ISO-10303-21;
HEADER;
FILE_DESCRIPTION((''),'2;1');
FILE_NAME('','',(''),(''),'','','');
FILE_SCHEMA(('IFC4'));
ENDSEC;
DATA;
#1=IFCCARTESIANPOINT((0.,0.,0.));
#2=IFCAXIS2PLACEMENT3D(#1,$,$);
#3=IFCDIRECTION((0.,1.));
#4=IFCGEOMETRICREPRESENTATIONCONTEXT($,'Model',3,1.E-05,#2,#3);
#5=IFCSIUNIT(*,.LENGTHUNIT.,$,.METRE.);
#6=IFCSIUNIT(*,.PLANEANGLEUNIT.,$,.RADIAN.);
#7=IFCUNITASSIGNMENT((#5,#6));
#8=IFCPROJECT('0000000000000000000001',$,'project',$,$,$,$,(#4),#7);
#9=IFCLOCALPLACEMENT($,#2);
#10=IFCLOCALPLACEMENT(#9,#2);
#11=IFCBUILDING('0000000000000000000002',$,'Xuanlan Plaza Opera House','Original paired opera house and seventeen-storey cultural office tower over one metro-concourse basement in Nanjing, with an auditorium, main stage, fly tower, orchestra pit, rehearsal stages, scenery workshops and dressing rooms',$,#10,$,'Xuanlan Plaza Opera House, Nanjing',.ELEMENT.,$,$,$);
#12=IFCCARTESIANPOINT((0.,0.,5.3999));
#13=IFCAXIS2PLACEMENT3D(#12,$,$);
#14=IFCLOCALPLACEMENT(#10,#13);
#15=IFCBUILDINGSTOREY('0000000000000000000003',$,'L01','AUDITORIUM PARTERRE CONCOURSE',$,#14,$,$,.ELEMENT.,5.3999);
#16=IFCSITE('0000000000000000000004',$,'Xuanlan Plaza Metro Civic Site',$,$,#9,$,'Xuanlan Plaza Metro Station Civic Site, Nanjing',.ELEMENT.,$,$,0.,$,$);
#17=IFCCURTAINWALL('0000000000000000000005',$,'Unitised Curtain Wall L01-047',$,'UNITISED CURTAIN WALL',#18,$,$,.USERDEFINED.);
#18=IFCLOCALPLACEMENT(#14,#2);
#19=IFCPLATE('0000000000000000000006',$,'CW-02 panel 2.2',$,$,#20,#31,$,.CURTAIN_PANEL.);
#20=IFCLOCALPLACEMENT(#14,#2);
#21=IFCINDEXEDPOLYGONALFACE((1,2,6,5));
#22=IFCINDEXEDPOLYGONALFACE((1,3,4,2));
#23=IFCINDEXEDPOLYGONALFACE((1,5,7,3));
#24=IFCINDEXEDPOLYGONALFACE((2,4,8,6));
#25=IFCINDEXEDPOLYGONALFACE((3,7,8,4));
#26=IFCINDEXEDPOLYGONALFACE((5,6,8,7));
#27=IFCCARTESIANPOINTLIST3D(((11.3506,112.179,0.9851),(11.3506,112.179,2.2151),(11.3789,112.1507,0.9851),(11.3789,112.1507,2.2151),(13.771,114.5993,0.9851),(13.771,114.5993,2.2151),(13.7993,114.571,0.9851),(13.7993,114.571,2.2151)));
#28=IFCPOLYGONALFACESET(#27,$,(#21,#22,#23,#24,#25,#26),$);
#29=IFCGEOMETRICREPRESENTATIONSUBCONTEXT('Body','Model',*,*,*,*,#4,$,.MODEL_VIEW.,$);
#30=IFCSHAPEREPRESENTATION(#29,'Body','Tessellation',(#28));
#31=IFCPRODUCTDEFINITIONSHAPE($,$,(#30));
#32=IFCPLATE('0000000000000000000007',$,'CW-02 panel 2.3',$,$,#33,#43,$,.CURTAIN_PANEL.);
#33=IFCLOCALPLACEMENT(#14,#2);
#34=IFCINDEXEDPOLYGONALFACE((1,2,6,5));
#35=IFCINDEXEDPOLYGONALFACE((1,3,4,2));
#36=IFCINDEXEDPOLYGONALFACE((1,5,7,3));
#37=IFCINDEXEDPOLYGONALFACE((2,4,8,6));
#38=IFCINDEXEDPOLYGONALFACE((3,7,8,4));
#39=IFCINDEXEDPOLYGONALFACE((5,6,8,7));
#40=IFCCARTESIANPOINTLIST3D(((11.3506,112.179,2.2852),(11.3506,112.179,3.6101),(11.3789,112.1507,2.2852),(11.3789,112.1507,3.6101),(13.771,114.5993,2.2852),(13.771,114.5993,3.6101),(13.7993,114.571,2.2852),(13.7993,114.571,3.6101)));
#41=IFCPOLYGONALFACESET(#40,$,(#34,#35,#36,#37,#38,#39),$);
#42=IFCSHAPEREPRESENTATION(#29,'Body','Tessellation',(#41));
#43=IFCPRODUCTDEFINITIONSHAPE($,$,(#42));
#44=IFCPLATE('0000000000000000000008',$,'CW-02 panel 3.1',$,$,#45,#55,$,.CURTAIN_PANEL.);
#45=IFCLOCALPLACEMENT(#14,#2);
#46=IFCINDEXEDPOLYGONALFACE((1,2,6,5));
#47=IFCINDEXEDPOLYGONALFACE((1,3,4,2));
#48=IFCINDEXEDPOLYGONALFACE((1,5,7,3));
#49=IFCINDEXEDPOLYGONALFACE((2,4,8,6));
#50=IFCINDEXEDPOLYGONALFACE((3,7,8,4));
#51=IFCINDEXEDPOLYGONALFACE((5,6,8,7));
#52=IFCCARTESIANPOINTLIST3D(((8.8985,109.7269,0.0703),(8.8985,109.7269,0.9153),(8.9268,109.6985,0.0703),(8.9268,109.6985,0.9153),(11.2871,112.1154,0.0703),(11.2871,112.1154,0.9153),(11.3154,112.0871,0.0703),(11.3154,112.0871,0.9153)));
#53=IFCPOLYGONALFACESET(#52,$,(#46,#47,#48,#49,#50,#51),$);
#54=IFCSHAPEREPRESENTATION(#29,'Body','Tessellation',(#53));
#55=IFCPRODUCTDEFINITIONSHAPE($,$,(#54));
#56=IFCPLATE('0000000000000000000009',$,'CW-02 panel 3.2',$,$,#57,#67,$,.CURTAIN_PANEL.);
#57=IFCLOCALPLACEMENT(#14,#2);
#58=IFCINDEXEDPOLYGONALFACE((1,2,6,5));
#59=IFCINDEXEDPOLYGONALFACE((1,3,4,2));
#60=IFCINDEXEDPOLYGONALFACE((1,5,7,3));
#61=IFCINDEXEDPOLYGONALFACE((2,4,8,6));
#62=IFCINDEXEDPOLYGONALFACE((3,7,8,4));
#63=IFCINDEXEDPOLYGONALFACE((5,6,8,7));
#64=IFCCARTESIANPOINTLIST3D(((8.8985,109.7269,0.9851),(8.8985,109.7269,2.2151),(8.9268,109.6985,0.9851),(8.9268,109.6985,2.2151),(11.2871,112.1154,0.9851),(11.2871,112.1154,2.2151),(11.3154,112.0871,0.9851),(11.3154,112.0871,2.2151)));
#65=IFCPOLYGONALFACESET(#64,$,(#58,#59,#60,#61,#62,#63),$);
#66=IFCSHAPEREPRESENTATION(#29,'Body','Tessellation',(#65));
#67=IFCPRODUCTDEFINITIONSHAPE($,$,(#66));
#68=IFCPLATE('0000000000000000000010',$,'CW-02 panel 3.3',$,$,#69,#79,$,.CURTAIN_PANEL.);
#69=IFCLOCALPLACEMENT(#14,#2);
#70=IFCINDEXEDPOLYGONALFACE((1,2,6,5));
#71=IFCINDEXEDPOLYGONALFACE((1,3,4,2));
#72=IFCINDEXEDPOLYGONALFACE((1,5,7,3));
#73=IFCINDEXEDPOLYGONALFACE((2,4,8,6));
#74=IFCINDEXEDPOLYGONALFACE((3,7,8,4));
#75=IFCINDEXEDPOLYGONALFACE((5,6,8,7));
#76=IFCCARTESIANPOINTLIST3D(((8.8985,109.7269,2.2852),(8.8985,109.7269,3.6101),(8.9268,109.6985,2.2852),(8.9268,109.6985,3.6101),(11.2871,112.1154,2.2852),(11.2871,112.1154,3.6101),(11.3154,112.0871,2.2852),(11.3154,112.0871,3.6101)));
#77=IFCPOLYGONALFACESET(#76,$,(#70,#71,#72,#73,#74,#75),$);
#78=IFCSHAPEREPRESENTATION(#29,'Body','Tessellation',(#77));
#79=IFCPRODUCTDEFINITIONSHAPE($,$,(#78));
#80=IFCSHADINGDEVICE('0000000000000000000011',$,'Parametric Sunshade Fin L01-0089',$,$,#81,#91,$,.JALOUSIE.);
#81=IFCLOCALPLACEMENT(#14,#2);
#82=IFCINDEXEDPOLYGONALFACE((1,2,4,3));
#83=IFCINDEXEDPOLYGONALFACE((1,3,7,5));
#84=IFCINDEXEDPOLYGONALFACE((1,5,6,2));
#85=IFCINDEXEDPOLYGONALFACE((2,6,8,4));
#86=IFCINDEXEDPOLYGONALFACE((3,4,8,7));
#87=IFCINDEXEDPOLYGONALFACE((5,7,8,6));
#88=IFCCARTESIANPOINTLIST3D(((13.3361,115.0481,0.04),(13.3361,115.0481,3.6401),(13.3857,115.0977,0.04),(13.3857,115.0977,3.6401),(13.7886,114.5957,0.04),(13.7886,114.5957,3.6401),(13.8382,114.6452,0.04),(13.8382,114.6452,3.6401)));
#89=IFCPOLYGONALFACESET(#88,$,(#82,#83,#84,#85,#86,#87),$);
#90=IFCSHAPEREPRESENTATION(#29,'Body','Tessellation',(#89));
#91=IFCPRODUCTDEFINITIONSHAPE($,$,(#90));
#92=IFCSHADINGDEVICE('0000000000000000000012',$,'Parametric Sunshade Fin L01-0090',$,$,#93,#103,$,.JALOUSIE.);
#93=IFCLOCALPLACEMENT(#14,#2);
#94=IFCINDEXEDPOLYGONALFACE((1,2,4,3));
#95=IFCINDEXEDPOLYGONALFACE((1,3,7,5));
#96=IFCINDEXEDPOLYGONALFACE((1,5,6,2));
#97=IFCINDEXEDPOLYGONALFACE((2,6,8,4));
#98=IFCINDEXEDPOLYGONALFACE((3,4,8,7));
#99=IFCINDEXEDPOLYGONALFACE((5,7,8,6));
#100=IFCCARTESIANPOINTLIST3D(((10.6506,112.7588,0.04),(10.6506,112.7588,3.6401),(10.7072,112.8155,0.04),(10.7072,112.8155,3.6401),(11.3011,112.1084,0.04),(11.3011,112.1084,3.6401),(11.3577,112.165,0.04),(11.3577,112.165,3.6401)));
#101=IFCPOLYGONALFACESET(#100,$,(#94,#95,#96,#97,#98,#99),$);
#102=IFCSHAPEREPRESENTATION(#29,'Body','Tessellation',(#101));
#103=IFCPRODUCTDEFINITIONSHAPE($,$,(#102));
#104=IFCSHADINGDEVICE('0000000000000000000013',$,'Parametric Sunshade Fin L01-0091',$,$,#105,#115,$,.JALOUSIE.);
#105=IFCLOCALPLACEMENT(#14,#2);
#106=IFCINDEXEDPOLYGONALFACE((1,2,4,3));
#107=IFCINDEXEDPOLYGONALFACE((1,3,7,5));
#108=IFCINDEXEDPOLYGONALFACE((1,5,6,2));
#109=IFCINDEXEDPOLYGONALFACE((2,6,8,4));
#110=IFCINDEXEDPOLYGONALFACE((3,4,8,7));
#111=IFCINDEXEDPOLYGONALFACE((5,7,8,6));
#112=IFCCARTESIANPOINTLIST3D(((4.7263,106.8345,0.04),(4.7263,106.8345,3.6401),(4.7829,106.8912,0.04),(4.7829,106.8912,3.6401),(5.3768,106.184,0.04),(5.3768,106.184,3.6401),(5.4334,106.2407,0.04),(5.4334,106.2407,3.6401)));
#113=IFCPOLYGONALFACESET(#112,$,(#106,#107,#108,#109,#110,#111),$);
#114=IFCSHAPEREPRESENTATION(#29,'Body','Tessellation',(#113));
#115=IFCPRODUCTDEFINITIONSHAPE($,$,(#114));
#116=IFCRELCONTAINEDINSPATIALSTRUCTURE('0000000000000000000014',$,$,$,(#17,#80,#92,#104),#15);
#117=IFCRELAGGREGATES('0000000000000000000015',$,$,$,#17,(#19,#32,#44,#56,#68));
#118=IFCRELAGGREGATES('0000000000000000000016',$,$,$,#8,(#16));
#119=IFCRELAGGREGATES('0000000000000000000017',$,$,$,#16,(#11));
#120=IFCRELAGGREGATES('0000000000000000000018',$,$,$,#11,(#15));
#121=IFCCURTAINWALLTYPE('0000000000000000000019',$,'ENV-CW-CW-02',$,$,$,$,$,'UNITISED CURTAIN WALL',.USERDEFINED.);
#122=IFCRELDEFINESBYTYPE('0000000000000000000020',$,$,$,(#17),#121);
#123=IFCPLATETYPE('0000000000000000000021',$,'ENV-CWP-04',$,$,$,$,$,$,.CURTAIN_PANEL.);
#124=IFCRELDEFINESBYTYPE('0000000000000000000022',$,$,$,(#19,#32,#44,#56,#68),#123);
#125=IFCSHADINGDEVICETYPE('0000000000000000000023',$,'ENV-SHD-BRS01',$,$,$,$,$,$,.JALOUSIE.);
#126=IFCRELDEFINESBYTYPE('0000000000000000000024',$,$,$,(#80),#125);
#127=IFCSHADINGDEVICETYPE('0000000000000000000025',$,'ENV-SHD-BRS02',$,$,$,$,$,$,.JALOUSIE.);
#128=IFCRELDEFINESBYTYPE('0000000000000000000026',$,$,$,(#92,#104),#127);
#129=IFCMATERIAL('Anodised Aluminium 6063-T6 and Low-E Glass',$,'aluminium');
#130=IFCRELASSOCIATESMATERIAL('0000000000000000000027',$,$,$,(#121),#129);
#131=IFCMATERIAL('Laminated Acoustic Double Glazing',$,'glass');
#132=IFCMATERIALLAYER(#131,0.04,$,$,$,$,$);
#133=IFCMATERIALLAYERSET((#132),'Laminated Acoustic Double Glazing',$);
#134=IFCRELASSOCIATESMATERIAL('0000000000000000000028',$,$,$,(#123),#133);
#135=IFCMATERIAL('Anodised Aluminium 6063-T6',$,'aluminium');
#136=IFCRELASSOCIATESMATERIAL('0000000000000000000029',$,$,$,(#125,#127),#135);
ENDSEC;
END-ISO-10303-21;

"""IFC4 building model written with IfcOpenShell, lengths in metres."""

from ifc_helpers import new_model, si_unit, direction, frame, origin, origin_2d, place, context, subcontext, project, spatial, rectangle, extrude, material, layer, layer_set, type_object, element, aggregate, save


model = new_model("IFC4")

# Units and contexts
model_context = context("Model", 3, precision=1e-05, world=origin(), true_north=direction((0.0, 1.0)))
body_context = subcontext(model_context, "Body", "Model", "MODEL_VIEW")
ifc_project = project(units=[si_unit("LENGTHUNIT", "METRE"), si_unit("PLANEANGLEUNIT", "RADIAN")], contexts=[model_context])

# Site, building, storey
site_placement = place(None, origin())
site = spatial("IfcSite", under=ifc_project, at=site_placement, Name="Xuanlan Plaza Metro Civic Site", LongName="Xuanlan Plaza Metro Station Civic Site, Nanjing", CompositionType="ELEMENT", RefElevation=0.0)
building_placement = place(site_placement, origin())
building = spatial("IfcBuilding", under=site, at=building_placement, Name="Xuanlan Plaza Opera House", Description="Original paired opera house and seventeen-storey cultural office tower over one metro-concourse basement in Nanjing, with an auditorium, main stage, fly tower, orchestra pit, rehearsal stages, scenery workshops and dressing rooms", LongName="Xuanlan Plaza Opera House, Nanjing", CompositionType="ELEMENT")
storey_placement = place(building_placement, frame((0.0, 0.0, 5.3999)))
storey = spatial("IfcBuildingStorey", under=building, at=storey_placement, Name="L01", Description="AUDITORIUM PARTERRE CONCOURSE", CompositionType="ELEMENT", Elevation=5.3999)

# Curtain wall
ifc_material_1 = material(Name="Anodised Aluminium 6063-T6 and Low-E Glass", Category="aluminium")
ifc_material_2 = material(Name="Anodised Aluminium 6063-T6", Category="aluminium")
curtain_wall_type_1 = type_object("IfcCurtainWallType", Name="ENV-CW-CW-02", ElementType="UNITISED CURTAIN WALL", PredefinedType="USERDEFINED", material=ifc_material_1)
curtain_wall_1_placement = place(storey_placement, origin())
curtain_wall_1 = element("IfcCurtainWall", 1, at=curtain_wall_1_placement, inside=storey, type_object=curtain_wall_type_1, Name="Unitised Curtain Wall L01-047", ObjectType="UNITISED CURTAIN WALL", PredefinedType="USERDEFINED")

# Plates
ifc_material_3 = material(Name="Laminated Acoustic Double Glazing", Category="glass")
ifc_layer_1 = layer(ifc_material_3, 0.04)
ifc_layer_set_1 = layer_set([ifc_layer_1], Name="Laminated Acoustic Double Glazing")
plate_type_1 = type_object("IfcPlateType", Name="ENV-CWP-04", PredefinedType="CURTAIN_PANEL", material=ifc_layer_set_1)
plate_1_placement = place(storey_placement, frame((12.575, 113.375, 0.9851), z_axis=(0.0, 0.0, 1.0), x_axis=(-0.707107, -0.707107, 0.0)))
plate_1 = element("IfcPlate", 2, at=plate_1_placement, type_object=plate_type_1, Name="CW-02 panel 2.2", PredefinedType="CURTAIN_PANEL", context=body_context, shape_type="SweptSolid", body=[
    extrude(rectangle(XDim=3.4229, YDim=0.04, at=origin_2d()), origin(), (0.0, 0.0, 1.0), 1.23),
])
plate_2_placement = place(storey_placement, frame((12.575, 113.375, 2.2852), z_axis=(0.0, 0.0, 1.0), x_axis=(-0.707107, -0.707107, 0.0)))
plate_2 = element("IfcPlate", 3, at=plate_2_placement, type_object=plate_type_1, Name="CW-02 panel 2.3", PredefinedType="CURTAIN_PANEL", context=body_context, shape_type="SweptSolid", body=[
    extrude(rectangle(XDim=3.4229, YDim=0.04, at=origin_2d()), origin(), (0.0, 0.0, 1.0), 1.325),
])
plate_3_placement = place(storey_placement, frame((10.1069, 110.907, 0.0703), z_axis=(0.0, 0.0, 1.0), x_axis=(-0.707107, -0.707107, 0.0)))
plate_3 = element("IfcPlate", 4, at=plate_3_placement, type_object=plate_type_1, Name="CW-02 panel 3.1", PredefinedType="CURTAIN_PANEL", context=body_context, shape_type="SweptSolid", body=[
    extrude(rectangle(XDim=3.3779, YDim=0.04, at=origin_2d()), origin(), (0.0, 0.0, 1.0), 0.845),
])
plate_4_placement = place(storey_placement, frame((10.1069, 110.907, 0.9851), z_axis=(0.0, 0.0, 1.0), x_axis=(-0.707107, -0.707107, 0.0)))
plate_4 = element("IfcPlate", 5, at=plate_4_placement, type_object=plate_type_1, Name="CW-02 panel 3.2", PredefinedType="CURTAIN_PANEL", context=body_context, shape_type="SweptSolid", body=[
    extrude(rectangle(XDim=3.3779, YDim=0.04, at=origin_2d()), origin(), (0.0, 0.0, 1.0), 1.23),
])
plate_5_placement = place(storey_placement, frame((10.1069, 110.907, 2.2852), z_axis=(0.0, 0.0, 1.0), x_axis=(-0.707107, -0.707107, 0.0)))
plate_5 = element("IfcPlate", 6, at=plate_5_placement, type_object=plate_type_1, Name="CW-02 panel 3.3", PredefinedType="CURTAIN_PANEL", context=body_context, shape_type="SweptSolid", body=[
    extrude(rectangle(XDim=3.3779, YDim=0.04, at=origin_2d()), origin(), (0.0, 0.0, 1.0), 1.325),
])
aggregate(curtain_wall_1, [plate_1, plate_2, plate_3, plate_4, plate_5])

# Shading devices
shading_device_type_1 = type_object("IfcShadingDeviceType", Name="ENV-SHD-BRS01", PredefinedType="JALOUSIE", material=ifc_material_2)
shading_device_placement = place(storey_placement, frame((13.5872, 114.8467, 0.04), z_axis=(0.0, 0.0, 1.0), x_axis=(-0.707107, 0.707107, 0.0)))
element("IfcShadingDevice", 7, at=shading_device_placement, inside=storey, type_object=shading_device_type_1, Name="Parametric Sunshade Fin L01-0089", PredefinedType="JALOUSIE", context=body_context, shape_type="SweptSolid", body=[
    extrude(rectangle(XDim=0.6399, YDim=0.0701, at=origin_2d()), origin(), (0.0, 0.0, 1.0), 3.6001),
])
shading_device_type_2 = type_object("IfcShadingDeviceType", Name="ENV-SHD-BRS02", PredefinedType="JALOUSIE", material=ifc_material_2)
for number, where, z_axis, x_axis, name in (
    (8, (11.0042, 112.4619, 0.04), (0.0, 0.0, 1.0), (-0.707107, 0.707107, 0.0), "Parametric Sunshade Fin L01-0090"),
    (9, (5.0798, 106.5376, 0.04), (0.0, 0.0, 1.0), (-0.707107, 0.707107, 0.0), "Parametric Sunshade Fin L01-0091"),
):
    element("IfcShadingDevice", number, at=place(storey_placement, frame(where, z_axis=z_axis, x_axis=x_axis)), inside=storey, type_object=shading_device_type_2, Name=name, PredefinedType="JALOUSIE", context=body_context, shape_type="SweptSolid", body=[
        extrude(rectangle(XDim=0.9199, YDim=0.0801, at=origin_2d()), origin(), (0.0, 0.0, 1.0), 3.6001),
    ])

save(model, "model.ifc")
